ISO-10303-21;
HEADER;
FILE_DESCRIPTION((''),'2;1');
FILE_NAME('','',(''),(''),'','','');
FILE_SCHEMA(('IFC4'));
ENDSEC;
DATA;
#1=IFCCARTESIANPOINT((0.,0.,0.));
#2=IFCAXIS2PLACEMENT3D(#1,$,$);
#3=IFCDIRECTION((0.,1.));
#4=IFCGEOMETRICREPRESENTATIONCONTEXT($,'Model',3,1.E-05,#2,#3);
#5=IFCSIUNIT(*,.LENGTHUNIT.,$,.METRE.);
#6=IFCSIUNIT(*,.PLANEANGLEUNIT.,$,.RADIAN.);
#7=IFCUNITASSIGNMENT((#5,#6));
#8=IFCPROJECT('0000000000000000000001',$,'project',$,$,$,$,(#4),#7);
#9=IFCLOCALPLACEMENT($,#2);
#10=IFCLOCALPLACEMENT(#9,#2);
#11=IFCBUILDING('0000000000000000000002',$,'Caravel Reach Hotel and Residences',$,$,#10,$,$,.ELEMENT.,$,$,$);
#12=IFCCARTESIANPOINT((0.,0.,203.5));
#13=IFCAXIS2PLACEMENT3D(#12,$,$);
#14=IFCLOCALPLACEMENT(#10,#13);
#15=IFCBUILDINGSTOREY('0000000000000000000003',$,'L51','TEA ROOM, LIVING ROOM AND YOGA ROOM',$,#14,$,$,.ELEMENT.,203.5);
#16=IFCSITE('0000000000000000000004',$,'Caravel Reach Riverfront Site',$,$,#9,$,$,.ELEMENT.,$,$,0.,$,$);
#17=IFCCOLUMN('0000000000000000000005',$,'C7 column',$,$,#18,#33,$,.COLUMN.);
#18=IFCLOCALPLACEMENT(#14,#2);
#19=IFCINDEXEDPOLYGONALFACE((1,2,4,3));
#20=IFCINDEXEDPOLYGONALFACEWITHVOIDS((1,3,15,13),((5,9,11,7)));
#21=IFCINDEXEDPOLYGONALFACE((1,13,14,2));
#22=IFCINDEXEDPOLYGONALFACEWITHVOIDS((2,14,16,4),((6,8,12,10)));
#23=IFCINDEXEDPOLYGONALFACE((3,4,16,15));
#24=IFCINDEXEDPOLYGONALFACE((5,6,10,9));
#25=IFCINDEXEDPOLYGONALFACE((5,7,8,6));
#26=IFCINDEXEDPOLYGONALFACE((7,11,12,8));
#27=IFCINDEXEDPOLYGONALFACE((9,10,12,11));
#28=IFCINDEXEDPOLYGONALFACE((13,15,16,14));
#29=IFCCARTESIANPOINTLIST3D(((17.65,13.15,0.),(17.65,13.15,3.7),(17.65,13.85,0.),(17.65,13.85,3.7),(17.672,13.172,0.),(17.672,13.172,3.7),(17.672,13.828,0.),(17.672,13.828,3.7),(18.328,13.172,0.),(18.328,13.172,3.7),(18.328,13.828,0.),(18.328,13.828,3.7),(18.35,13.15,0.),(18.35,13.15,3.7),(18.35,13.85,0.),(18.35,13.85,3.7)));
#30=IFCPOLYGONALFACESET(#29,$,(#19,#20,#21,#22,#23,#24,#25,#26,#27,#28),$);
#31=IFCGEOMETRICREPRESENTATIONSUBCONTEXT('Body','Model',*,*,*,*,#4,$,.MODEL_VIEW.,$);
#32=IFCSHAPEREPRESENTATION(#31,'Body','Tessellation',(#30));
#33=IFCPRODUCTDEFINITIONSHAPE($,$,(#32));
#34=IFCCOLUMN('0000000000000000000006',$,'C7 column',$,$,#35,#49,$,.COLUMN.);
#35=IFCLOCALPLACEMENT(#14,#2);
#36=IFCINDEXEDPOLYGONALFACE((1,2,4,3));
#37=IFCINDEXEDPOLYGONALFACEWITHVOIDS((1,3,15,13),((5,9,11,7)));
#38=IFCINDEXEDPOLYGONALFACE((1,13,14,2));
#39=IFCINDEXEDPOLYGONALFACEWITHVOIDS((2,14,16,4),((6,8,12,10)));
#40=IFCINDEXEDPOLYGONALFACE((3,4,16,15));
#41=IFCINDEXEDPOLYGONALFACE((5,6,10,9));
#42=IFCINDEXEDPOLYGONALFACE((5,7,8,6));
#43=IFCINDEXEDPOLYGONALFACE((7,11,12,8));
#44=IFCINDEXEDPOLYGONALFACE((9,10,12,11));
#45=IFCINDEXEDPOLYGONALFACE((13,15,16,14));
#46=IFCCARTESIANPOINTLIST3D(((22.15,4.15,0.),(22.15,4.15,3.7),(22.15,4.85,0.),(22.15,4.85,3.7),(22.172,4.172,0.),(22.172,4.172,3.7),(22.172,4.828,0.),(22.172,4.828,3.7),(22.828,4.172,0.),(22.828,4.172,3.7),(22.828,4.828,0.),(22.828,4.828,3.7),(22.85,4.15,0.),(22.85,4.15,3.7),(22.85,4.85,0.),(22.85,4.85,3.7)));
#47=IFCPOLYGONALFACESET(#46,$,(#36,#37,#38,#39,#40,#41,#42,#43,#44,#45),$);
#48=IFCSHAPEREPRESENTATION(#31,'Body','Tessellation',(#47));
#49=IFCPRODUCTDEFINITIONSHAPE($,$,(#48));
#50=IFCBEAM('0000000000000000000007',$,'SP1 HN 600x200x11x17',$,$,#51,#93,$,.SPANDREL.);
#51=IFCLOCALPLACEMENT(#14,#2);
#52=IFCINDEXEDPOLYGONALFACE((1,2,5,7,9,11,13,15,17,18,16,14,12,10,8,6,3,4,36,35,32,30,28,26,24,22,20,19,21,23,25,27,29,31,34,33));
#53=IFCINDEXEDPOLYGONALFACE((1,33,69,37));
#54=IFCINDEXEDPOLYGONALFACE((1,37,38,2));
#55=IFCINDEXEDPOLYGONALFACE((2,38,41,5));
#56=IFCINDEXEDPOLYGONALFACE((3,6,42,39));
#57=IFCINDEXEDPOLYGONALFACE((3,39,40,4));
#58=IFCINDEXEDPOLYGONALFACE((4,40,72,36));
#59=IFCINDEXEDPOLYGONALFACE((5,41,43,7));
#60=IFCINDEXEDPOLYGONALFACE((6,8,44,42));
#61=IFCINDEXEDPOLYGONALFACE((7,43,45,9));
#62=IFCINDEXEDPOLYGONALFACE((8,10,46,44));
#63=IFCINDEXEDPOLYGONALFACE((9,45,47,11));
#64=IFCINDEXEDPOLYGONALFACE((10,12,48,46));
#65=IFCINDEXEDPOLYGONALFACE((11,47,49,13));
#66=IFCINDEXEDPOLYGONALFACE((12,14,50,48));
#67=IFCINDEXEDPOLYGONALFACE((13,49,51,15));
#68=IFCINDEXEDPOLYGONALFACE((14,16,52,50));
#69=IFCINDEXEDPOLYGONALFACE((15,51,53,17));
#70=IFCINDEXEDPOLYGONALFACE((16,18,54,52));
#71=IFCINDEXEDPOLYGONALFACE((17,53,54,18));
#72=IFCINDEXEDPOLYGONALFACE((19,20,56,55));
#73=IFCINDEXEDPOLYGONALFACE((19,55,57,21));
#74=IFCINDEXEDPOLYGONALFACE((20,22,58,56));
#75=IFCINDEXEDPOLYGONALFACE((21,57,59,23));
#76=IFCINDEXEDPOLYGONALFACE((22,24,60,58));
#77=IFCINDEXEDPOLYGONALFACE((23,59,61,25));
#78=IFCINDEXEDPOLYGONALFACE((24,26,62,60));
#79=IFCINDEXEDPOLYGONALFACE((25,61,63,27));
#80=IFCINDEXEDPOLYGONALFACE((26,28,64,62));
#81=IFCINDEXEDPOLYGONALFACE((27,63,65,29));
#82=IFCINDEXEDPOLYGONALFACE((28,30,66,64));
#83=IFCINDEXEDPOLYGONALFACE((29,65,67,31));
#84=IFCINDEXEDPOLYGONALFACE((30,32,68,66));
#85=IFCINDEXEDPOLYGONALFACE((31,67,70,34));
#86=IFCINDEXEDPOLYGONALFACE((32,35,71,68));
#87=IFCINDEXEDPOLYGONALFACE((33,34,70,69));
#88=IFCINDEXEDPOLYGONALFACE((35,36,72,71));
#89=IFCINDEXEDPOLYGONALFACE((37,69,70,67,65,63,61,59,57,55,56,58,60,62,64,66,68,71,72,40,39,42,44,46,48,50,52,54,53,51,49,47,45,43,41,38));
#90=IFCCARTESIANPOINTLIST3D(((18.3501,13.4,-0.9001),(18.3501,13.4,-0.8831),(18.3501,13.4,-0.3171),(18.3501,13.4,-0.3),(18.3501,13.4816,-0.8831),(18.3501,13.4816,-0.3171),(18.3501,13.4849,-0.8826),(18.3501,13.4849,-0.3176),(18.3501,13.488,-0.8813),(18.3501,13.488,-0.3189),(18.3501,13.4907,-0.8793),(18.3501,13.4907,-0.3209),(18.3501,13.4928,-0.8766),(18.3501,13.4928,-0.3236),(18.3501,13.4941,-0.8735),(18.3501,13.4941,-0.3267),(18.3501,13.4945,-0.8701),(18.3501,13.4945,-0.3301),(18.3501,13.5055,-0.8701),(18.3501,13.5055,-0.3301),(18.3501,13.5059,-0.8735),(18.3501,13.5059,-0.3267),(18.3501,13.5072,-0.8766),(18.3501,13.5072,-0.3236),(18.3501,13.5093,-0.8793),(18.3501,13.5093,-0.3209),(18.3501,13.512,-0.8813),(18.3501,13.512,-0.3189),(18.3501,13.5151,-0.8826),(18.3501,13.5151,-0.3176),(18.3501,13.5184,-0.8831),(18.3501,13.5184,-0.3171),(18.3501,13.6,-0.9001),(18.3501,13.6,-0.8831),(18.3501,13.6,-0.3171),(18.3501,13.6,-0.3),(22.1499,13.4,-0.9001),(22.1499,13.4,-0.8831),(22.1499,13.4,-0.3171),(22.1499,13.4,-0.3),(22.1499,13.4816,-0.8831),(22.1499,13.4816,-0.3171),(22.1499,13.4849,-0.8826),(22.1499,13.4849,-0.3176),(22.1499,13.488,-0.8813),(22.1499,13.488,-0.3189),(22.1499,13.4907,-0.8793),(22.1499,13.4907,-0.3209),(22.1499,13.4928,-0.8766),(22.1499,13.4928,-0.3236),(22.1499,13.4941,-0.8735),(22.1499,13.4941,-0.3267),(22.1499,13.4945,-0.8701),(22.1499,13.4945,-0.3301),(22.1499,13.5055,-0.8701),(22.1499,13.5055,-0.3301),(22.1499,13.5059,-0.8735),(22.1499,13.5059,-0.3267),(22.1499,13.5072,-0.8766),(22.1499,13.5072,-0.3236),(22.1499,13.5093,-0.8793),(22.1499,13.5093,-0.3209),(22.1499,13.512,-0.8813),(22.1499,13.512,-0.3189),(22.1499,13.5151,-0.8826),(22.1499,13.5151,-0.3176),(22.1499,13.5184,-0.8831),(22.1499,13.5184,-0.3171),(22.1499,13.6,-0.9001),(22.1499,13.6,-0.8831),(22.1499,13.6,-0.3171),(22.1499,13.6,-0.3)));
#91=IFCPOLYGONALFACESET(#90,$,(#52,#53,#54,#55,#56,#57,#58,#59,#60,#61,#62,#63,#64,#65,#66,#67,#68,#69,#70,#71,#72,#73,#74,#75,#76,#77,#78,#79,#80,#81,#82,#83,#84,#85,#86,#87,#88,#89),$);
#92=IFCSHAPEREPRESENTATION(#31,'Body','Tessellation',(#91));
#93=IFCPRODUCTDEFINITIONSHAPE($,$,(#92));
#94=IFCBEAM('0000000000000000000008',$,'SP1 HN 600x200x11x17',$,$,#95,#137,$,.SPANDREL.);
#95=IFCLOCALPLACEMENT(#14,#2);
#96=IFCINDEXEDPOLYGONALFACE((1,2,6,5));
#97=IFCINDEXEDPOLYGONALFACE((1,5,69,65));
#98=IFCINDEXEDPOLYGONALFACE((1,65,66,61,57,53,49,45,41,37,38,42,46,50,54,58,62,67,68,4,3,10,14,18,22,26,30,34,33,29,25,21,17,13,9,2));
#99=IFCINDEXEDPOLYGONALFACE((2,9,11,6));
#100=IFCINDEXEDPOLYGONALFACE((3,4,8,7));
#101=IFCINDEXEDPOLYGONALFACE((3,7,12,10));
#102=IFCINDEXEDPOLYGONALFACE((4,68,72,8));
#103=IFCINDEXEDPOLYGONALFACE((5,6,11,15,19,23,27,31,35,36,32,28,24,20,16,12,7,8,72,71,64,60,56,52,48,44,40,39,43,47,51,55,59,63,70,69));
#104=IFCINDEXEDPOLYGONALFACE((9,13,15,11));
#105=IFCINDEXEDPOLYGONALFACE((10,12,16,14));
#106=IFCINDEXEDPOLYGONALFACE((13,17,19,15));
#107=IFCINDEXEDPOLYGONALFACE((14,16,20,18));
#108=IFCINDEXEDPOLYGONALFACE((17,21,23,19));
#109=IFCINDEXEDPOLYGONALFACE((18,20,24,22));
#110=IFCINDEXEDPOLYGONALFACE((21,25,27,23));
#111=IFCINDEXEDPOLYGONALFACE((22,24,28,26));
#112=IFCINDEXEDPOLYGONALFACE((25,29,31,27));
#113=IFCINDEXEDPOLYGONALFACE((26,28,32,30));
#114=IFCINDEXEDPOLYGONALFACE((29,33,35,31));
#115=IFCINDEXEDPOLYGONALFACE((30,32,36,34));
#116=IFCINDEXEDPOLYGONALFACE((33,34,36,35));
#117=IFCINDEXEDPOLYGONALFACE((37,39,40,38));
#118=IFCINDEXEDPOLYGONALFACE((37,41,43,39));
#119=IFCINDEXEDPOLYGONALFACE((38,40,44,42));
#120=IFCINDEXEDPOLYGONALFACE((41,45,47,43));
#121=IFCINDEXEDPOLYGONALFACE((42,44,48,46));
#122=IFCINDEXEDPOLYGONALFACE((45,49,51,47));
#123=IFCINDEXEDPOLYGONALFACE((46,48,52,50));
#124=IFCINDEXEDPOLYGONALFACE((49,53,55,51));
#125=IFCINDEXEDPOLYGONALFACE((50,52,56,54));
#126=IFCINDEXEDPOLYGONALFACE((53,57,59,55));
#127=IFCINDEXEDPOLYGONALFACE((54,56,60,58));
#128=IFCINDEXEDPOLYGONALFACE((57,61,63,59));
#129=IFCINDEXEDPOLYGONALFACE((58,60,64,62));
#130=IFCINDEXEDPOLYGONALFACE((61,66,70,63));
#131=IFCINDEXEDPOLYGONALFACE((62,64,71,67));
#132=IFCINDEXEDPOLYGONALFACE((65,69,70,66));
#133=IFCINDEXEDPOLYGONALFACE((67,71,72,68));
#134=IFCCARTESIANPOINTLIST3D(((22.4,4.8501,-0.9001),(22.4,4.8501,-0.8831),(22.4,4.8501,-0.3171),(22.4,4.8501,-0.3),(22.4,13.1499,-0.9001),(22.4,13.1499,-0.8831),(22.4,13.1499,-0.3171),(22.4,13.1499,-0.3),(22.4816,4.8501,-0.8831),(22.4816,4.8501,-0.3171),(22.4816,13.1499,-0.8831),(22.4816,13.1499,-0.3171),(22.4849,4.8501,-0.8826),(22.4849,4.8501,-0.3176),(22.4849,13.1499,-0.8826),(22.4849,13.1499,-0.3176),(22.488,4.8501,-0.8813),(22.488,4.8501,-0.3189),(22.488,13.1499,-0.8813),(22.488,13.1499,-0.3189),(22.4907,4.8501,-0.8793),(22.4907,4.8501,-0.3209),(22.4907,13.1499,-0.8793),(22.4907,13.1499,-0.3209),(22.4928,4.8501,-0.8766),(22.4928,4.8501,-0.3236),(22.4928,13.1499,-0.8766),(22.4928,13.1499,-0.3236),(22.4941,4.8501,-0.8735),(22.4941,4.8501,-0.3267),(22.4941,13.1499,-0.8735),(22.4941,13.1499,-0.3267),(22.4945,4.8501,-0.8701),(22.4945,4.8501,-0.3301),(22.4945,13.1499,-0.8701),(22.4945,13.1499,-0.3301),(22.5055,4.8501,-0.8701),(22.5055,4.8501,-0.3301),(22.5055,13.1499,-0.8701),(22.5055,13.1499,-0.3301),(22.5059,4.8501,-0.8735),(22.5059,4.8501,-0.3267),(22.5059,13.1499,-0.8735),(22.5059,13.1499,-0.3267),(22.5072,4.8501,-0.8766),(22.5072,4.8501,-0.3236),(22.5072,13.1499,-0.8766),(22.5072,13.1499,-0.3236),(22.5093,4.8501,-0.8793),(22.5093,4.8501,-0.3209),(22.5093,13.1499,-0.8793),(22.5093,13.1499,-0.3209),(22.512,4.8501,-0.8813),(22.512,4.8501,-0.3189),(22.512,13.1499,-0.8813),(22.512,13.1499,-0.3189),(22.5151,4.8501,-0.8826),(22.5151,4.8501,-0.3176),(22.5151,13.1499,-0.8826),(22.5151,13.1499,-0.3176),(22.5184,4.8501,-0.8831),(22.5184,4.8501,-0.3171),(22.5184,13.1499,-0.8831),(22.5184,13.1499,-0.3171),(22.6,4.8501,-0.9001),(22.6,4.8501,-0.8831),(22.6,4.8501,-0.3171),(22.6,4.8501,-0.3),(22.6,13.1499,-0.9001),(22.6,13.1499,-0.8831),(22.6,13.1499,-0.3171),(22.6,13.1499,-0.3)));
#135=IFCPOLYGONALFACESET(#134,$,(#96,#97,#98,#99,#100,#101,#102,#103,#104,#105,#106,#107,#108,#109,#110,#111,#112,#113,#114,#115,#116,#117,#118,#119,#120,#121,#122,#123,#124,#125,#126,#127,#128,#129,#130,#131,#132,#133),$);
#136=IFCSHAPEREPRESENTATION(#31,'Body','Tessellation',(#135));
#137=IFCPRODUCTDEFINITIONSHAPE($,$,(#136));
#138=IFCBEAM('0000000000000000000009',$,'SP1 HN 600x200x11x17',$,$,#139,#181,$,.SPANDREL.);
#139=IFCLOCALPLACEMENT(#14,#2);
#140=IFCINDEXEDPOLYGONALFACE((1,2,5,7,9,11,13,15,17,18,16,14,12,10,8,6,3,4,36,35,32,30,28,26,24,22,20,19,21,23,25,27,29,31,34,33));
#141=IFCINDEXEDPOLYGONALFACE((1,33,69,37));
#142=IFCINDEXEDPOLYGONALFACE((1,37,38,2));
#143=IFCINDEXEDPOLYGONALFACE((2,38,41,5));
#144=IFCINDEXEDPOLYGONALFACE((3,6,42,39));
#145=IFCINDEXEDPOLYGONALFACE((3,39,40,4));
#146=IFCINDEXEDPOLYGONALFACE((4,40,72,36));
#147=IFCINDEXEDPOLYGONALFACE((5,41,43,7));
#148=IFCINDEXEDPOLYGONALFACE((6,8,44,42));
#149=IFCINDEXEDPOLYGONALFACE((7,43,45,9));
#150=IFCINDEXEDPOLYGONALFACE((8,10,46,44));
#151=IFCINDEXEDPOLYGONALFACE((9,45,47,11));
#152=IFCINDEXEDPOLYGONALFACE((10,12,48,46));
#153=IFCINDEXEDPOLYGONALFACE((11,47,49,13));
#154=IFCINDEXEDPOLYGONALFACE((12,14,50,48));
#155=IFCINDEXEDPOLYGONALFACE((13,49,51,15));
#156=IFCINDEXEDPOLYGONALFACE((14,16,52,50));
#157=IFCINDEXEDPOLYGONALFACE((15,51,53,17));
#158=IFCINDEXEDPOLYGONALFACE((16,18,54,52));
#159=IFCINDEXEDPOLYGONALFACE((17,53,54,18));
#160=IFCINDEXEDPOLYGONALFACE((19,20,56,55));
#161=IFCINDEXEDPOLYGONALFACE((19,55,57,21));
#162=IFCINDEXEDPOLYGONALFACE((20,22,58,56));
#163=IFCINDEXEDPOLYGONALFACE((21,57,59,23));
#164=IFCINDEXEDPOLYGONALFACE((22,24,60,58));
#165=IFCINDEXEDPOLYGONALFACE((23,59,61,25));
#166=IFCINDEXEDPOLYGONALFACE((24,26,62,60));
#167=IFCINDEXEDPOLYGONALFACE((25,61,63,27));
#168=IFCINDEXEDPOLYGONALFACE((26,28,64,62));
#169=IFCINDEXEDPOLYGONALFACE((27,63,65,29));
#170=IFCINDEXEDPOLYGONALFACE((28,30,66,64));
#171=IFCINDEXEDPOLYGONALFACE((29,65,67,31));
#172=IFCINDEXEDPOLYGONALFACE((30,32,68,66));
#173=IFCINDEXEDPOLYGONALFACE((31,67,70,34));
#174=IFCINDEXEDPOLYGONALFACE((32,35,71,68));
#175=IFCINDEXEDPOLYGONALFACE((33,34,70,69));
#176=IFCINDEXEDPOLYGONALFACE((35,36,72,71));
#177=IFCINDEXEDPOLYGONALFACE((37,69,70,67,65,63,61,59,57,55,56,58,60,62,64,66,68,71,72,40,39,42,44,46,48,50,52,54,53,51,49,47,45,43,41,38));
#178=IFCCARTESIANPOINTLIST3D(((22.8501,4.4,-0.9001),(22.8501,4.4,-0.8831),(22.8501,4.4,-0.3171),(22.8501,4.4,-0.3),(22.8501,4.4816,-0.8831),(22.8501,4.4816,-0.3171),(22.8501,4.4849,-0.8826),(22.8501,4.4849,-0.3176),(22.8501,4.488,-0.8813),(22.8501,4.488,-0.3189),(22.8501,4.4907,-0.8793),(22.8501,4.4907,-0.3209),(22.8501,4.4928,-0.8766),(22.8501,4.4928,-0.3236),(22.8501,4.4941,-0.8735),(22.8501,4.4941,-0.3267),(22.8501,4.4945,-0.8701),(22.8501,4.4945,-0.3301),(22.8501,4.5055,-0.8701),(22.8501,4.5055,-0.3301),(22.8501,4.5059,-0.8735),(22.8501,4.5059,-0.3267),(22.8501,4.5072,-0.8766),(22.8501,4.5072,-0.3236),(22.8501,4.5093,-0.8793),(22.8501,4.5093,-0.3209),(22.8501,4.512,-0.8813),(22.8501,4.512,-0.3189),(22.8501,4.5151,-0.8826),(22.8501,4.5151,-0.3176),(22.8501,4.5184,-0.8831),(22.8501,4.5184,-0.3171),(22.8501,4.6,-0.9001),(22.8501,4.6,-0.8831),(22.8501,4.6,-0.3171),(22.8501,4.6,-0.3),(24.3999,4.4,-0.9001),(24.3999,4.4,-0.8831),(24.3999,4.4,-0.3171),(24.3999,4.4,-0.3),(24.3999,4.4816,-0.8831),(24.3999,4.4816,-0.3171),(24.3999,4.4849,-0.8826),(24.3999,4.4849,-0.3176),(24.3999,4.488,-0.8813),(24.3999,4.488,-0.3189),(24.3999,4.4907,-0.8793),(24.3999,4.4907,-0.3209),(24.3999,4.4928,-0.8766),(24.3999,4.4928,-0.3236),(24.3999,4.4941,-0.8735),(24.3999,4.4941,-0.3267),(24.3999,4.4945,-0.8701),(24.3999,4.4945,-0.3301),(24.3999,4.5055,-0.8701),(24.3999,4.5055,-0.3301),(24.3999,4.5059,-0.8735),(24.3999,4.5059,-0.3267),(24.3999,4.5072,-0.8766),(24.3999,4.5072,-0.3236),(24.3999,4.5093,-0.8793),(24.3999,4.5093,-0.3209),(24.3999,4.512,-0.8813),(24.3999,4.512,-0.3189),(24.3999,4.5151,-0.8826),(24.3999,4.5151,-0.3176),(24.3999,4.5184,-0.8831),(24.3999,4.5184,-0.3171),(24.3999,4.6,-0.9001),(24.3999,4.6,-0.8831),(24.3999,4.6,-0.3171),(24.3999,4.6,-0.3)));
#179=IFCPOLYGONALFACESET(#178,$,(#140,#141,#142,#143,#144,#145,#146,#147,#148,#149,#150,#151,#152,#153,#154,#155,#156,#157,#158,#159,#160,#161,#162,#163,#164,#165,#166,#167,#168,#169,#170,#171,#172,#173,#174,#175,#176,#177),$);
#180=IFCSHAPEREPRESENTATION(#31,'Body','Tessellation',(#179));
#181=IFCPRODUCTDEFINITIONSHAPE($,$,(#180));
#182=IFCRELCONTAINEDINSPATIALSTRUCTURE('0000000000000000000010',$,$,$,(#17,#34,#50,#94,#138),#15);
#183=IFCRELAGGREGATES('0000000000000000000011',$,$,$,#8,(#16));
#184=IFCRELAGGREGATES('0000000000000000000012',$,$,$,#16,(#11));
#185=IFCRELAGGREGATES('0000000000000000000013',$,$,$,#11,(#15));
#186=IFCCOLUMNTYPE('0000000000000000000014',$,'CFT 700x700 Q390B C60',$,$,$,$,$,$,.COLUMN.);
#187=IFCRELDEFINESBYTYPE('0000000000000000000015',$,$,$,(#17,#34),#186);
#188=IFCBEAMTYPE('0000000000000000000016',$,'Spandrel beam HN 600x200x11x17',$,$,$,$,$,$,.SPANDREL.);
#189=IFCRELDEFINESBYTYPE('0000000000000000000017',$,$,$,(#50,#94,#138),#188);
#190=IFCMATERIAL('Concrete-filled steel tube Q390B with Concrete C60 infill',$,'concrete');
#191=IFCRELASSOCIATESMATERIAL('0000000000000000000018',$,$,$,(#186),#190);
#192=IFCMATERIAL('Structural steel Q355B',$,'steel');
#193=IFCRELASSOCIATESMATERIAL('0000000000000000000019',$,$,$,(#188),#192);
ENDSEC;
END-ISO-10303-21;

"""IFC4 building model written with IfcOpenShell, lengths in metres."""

from ifc_helpers import new_model, si_unit, direction, frame, origin, origin_2d, place, context, subcontext, project, spatial, hollow_rectangle, i_section, extrude, material, material_profile, profile_set, type_object, element, save


model = new_model("IFC4")

# Units and contexts
model_context = context("Model", 3, precision=1e-05, world=origin(), true_north=direction((0.0, 1.0)))
body_context = subcontext(model_context, "Body", "Model", "MODEL_VIEW")
ifc_project = project(units=[si_unit("LENGTHUNIT", "METRE"), si_unit("PLANEANGLEUNIT", "RADIAN")], contexts=[model_context])

# Site, building, storey
site_placement = place(None, origin())
site = spatial("IfcSite", under=ifc_project, at=site_placement, Name="Caravel Reach Riverfront Site", CompositionType="ELEMENT", RefElevation=0.0)
building_placement = place(site_placement, origin())
building = spatial("IfcBuilding", under=site, at=building_placement, Name="Caravel Reach Hotel and Residences", CompositionType="ELEMENT")
storey_placement = place(building_placement, frame((0.0, 0.0, 203.5)))
storey = spatial("IfcBuildingStorey", under=building, at=storey_placement, Name="L51", Description="TEA ROOM, LIVING ROOM AND YOGA ROOM", CompositionType="ELEMENT", Elevation=203.5)

# Columns
ifc_material_1 = material(Name="Concrete-filled steel tube Q390B with Concrete C60 infill", Category="concrete")
ifc_material_profile_1 = material_profile(ifc_material_1, hollow_rectangle(XDim=0.7, YDim=0.7, WallThickness=0.022, at=origin_2d()), Name="RHS 700x700x22")
ifc_profile_set_1 = profile_set([ifc_material_profile_1], Name="Concrete-filled steel tube Q390B with Concrete C60 infill")
column_type = type_object("IfcColumnType", Name="CFT 700x700 Q390B C60", PredefinedType="COLUMN", material=ifc_profile_set_1)
for number, where, z_axis, x_axis, name in (
    (1, (18.0, 13.5, 0.0), (0.0, 0.0, 1.0), (1.0, 0.0, 0.0), "C7 column"),
    (2, (22.5, 4.5, 0.0), (0.0, 0.0, 1.0), (1.0, 0.0, 0.0), "C7 column"),
):
    element("IfcColumn", number, at=place(storey_placement, frame(where, z_axis=z_axis, x_axis=x_axis)), inside=storey, type_object=column_type, Name=name, PredefinedType="COLUMN", context=body_context, shape_type="SweptSolid", body=[
        extrude(hollow_rectangle(XDim=0.7, YDim=0.7, WallThickness=0.022, at=origin_2d()), origin(), (0.0, 0.0, 1.0), 3.7),
    ])

# Beams
ifc_material_2 = material(Name="Structural steel Q355B", Category="steel")
ifc_material_profile_2 = material_profile(ifc_material_2, i_section(OverallWidth=0.2, OverallDepth=0.6001, WebThickness=0.011, FlangeThickness=0.0171, FilletRadius=0.0129, at=origin_2d()), Name="HN 600x200x11x17")
ifc_profile_set_2 = profile_set([ifc_material_profile_2], Name="Structural steel Q355B")
beam_type = type_object("IfcBeamType", Name="Spandrel beam HN 600x200x11x17", PredefinedType="SPANDREL", material=ifc_profile_set_2)
beam_1_placement = place(storey_placement, frame((18.3501, 13.5, -0.6001), z_axis=(1.0, 0.0, 0.0), x_axis=(0.0, 1.0, 0.0)))
element("IfcBeam", 3, at=beam_1_placement, inside=storey, type_object=beam_type, Name="SP1 HN 600x200x11x17", PredefinedType="SPANDREL", context=body_context, shape_type="SweptSolid", body=[
    extrude(i_section(OverallWidth=0.2, OverallDepth=0.6001, WebThickness=0.011, FlangeThickness=0.0171, FilletRadius=0.0129, at=origin_2d()), origin(), (0.0, 0.0, 1.0), 3.7998),
])
beam_2_placement = place(storey_placement, frame((22.5, 13.1499, -0.6001), z_axis=(0.0, -1.0, 0.0), x_axis=(1.0, 0.0, 0.0)))
element("IfcBeam", 4, at=beam_2_placement, inside=storey, type_object=beam_type, Name="SP1 HN 600x200x11x17", PredefinedType="SPANDREL", context=body_context, shape_type="SweptSolid", body=[
    extrude(i_section(OverallWidth=0.2, OverallDepth=0.6001, WebThickness=0.011, FlangeThickness=0.0171, FilletRadius=0.0129, at=origin_2d()), origin(), (0.0, 0.0, 1.0), 8.2998),
])
beam_3_placement = place(storey_placement, frame((22.8501, 4.5, -0.6001), z_axis=(1.0, 0.0, 0.0), x_axis=(0.0, 1.0, 0.0)))
element("IfcBeam", 5, at=beam_3_placement, inside=storey, type_object=beam_type, Name="SP1 HN 600x200x11x17", PredefinedType="SPANDREL", context=body_context, shape_type="SweptSolid", body=[
    extrude(i_section(OverallWidth=0.2, OverallDepth=0.6001, WebThickness=0.011, FlangeThickness=0.0171, FilletRadius=0.0129, at=origin_2d()), origin(), (0.0, 0.0, 1.0), 1.5498),
])

save(model, "model.ifc")
